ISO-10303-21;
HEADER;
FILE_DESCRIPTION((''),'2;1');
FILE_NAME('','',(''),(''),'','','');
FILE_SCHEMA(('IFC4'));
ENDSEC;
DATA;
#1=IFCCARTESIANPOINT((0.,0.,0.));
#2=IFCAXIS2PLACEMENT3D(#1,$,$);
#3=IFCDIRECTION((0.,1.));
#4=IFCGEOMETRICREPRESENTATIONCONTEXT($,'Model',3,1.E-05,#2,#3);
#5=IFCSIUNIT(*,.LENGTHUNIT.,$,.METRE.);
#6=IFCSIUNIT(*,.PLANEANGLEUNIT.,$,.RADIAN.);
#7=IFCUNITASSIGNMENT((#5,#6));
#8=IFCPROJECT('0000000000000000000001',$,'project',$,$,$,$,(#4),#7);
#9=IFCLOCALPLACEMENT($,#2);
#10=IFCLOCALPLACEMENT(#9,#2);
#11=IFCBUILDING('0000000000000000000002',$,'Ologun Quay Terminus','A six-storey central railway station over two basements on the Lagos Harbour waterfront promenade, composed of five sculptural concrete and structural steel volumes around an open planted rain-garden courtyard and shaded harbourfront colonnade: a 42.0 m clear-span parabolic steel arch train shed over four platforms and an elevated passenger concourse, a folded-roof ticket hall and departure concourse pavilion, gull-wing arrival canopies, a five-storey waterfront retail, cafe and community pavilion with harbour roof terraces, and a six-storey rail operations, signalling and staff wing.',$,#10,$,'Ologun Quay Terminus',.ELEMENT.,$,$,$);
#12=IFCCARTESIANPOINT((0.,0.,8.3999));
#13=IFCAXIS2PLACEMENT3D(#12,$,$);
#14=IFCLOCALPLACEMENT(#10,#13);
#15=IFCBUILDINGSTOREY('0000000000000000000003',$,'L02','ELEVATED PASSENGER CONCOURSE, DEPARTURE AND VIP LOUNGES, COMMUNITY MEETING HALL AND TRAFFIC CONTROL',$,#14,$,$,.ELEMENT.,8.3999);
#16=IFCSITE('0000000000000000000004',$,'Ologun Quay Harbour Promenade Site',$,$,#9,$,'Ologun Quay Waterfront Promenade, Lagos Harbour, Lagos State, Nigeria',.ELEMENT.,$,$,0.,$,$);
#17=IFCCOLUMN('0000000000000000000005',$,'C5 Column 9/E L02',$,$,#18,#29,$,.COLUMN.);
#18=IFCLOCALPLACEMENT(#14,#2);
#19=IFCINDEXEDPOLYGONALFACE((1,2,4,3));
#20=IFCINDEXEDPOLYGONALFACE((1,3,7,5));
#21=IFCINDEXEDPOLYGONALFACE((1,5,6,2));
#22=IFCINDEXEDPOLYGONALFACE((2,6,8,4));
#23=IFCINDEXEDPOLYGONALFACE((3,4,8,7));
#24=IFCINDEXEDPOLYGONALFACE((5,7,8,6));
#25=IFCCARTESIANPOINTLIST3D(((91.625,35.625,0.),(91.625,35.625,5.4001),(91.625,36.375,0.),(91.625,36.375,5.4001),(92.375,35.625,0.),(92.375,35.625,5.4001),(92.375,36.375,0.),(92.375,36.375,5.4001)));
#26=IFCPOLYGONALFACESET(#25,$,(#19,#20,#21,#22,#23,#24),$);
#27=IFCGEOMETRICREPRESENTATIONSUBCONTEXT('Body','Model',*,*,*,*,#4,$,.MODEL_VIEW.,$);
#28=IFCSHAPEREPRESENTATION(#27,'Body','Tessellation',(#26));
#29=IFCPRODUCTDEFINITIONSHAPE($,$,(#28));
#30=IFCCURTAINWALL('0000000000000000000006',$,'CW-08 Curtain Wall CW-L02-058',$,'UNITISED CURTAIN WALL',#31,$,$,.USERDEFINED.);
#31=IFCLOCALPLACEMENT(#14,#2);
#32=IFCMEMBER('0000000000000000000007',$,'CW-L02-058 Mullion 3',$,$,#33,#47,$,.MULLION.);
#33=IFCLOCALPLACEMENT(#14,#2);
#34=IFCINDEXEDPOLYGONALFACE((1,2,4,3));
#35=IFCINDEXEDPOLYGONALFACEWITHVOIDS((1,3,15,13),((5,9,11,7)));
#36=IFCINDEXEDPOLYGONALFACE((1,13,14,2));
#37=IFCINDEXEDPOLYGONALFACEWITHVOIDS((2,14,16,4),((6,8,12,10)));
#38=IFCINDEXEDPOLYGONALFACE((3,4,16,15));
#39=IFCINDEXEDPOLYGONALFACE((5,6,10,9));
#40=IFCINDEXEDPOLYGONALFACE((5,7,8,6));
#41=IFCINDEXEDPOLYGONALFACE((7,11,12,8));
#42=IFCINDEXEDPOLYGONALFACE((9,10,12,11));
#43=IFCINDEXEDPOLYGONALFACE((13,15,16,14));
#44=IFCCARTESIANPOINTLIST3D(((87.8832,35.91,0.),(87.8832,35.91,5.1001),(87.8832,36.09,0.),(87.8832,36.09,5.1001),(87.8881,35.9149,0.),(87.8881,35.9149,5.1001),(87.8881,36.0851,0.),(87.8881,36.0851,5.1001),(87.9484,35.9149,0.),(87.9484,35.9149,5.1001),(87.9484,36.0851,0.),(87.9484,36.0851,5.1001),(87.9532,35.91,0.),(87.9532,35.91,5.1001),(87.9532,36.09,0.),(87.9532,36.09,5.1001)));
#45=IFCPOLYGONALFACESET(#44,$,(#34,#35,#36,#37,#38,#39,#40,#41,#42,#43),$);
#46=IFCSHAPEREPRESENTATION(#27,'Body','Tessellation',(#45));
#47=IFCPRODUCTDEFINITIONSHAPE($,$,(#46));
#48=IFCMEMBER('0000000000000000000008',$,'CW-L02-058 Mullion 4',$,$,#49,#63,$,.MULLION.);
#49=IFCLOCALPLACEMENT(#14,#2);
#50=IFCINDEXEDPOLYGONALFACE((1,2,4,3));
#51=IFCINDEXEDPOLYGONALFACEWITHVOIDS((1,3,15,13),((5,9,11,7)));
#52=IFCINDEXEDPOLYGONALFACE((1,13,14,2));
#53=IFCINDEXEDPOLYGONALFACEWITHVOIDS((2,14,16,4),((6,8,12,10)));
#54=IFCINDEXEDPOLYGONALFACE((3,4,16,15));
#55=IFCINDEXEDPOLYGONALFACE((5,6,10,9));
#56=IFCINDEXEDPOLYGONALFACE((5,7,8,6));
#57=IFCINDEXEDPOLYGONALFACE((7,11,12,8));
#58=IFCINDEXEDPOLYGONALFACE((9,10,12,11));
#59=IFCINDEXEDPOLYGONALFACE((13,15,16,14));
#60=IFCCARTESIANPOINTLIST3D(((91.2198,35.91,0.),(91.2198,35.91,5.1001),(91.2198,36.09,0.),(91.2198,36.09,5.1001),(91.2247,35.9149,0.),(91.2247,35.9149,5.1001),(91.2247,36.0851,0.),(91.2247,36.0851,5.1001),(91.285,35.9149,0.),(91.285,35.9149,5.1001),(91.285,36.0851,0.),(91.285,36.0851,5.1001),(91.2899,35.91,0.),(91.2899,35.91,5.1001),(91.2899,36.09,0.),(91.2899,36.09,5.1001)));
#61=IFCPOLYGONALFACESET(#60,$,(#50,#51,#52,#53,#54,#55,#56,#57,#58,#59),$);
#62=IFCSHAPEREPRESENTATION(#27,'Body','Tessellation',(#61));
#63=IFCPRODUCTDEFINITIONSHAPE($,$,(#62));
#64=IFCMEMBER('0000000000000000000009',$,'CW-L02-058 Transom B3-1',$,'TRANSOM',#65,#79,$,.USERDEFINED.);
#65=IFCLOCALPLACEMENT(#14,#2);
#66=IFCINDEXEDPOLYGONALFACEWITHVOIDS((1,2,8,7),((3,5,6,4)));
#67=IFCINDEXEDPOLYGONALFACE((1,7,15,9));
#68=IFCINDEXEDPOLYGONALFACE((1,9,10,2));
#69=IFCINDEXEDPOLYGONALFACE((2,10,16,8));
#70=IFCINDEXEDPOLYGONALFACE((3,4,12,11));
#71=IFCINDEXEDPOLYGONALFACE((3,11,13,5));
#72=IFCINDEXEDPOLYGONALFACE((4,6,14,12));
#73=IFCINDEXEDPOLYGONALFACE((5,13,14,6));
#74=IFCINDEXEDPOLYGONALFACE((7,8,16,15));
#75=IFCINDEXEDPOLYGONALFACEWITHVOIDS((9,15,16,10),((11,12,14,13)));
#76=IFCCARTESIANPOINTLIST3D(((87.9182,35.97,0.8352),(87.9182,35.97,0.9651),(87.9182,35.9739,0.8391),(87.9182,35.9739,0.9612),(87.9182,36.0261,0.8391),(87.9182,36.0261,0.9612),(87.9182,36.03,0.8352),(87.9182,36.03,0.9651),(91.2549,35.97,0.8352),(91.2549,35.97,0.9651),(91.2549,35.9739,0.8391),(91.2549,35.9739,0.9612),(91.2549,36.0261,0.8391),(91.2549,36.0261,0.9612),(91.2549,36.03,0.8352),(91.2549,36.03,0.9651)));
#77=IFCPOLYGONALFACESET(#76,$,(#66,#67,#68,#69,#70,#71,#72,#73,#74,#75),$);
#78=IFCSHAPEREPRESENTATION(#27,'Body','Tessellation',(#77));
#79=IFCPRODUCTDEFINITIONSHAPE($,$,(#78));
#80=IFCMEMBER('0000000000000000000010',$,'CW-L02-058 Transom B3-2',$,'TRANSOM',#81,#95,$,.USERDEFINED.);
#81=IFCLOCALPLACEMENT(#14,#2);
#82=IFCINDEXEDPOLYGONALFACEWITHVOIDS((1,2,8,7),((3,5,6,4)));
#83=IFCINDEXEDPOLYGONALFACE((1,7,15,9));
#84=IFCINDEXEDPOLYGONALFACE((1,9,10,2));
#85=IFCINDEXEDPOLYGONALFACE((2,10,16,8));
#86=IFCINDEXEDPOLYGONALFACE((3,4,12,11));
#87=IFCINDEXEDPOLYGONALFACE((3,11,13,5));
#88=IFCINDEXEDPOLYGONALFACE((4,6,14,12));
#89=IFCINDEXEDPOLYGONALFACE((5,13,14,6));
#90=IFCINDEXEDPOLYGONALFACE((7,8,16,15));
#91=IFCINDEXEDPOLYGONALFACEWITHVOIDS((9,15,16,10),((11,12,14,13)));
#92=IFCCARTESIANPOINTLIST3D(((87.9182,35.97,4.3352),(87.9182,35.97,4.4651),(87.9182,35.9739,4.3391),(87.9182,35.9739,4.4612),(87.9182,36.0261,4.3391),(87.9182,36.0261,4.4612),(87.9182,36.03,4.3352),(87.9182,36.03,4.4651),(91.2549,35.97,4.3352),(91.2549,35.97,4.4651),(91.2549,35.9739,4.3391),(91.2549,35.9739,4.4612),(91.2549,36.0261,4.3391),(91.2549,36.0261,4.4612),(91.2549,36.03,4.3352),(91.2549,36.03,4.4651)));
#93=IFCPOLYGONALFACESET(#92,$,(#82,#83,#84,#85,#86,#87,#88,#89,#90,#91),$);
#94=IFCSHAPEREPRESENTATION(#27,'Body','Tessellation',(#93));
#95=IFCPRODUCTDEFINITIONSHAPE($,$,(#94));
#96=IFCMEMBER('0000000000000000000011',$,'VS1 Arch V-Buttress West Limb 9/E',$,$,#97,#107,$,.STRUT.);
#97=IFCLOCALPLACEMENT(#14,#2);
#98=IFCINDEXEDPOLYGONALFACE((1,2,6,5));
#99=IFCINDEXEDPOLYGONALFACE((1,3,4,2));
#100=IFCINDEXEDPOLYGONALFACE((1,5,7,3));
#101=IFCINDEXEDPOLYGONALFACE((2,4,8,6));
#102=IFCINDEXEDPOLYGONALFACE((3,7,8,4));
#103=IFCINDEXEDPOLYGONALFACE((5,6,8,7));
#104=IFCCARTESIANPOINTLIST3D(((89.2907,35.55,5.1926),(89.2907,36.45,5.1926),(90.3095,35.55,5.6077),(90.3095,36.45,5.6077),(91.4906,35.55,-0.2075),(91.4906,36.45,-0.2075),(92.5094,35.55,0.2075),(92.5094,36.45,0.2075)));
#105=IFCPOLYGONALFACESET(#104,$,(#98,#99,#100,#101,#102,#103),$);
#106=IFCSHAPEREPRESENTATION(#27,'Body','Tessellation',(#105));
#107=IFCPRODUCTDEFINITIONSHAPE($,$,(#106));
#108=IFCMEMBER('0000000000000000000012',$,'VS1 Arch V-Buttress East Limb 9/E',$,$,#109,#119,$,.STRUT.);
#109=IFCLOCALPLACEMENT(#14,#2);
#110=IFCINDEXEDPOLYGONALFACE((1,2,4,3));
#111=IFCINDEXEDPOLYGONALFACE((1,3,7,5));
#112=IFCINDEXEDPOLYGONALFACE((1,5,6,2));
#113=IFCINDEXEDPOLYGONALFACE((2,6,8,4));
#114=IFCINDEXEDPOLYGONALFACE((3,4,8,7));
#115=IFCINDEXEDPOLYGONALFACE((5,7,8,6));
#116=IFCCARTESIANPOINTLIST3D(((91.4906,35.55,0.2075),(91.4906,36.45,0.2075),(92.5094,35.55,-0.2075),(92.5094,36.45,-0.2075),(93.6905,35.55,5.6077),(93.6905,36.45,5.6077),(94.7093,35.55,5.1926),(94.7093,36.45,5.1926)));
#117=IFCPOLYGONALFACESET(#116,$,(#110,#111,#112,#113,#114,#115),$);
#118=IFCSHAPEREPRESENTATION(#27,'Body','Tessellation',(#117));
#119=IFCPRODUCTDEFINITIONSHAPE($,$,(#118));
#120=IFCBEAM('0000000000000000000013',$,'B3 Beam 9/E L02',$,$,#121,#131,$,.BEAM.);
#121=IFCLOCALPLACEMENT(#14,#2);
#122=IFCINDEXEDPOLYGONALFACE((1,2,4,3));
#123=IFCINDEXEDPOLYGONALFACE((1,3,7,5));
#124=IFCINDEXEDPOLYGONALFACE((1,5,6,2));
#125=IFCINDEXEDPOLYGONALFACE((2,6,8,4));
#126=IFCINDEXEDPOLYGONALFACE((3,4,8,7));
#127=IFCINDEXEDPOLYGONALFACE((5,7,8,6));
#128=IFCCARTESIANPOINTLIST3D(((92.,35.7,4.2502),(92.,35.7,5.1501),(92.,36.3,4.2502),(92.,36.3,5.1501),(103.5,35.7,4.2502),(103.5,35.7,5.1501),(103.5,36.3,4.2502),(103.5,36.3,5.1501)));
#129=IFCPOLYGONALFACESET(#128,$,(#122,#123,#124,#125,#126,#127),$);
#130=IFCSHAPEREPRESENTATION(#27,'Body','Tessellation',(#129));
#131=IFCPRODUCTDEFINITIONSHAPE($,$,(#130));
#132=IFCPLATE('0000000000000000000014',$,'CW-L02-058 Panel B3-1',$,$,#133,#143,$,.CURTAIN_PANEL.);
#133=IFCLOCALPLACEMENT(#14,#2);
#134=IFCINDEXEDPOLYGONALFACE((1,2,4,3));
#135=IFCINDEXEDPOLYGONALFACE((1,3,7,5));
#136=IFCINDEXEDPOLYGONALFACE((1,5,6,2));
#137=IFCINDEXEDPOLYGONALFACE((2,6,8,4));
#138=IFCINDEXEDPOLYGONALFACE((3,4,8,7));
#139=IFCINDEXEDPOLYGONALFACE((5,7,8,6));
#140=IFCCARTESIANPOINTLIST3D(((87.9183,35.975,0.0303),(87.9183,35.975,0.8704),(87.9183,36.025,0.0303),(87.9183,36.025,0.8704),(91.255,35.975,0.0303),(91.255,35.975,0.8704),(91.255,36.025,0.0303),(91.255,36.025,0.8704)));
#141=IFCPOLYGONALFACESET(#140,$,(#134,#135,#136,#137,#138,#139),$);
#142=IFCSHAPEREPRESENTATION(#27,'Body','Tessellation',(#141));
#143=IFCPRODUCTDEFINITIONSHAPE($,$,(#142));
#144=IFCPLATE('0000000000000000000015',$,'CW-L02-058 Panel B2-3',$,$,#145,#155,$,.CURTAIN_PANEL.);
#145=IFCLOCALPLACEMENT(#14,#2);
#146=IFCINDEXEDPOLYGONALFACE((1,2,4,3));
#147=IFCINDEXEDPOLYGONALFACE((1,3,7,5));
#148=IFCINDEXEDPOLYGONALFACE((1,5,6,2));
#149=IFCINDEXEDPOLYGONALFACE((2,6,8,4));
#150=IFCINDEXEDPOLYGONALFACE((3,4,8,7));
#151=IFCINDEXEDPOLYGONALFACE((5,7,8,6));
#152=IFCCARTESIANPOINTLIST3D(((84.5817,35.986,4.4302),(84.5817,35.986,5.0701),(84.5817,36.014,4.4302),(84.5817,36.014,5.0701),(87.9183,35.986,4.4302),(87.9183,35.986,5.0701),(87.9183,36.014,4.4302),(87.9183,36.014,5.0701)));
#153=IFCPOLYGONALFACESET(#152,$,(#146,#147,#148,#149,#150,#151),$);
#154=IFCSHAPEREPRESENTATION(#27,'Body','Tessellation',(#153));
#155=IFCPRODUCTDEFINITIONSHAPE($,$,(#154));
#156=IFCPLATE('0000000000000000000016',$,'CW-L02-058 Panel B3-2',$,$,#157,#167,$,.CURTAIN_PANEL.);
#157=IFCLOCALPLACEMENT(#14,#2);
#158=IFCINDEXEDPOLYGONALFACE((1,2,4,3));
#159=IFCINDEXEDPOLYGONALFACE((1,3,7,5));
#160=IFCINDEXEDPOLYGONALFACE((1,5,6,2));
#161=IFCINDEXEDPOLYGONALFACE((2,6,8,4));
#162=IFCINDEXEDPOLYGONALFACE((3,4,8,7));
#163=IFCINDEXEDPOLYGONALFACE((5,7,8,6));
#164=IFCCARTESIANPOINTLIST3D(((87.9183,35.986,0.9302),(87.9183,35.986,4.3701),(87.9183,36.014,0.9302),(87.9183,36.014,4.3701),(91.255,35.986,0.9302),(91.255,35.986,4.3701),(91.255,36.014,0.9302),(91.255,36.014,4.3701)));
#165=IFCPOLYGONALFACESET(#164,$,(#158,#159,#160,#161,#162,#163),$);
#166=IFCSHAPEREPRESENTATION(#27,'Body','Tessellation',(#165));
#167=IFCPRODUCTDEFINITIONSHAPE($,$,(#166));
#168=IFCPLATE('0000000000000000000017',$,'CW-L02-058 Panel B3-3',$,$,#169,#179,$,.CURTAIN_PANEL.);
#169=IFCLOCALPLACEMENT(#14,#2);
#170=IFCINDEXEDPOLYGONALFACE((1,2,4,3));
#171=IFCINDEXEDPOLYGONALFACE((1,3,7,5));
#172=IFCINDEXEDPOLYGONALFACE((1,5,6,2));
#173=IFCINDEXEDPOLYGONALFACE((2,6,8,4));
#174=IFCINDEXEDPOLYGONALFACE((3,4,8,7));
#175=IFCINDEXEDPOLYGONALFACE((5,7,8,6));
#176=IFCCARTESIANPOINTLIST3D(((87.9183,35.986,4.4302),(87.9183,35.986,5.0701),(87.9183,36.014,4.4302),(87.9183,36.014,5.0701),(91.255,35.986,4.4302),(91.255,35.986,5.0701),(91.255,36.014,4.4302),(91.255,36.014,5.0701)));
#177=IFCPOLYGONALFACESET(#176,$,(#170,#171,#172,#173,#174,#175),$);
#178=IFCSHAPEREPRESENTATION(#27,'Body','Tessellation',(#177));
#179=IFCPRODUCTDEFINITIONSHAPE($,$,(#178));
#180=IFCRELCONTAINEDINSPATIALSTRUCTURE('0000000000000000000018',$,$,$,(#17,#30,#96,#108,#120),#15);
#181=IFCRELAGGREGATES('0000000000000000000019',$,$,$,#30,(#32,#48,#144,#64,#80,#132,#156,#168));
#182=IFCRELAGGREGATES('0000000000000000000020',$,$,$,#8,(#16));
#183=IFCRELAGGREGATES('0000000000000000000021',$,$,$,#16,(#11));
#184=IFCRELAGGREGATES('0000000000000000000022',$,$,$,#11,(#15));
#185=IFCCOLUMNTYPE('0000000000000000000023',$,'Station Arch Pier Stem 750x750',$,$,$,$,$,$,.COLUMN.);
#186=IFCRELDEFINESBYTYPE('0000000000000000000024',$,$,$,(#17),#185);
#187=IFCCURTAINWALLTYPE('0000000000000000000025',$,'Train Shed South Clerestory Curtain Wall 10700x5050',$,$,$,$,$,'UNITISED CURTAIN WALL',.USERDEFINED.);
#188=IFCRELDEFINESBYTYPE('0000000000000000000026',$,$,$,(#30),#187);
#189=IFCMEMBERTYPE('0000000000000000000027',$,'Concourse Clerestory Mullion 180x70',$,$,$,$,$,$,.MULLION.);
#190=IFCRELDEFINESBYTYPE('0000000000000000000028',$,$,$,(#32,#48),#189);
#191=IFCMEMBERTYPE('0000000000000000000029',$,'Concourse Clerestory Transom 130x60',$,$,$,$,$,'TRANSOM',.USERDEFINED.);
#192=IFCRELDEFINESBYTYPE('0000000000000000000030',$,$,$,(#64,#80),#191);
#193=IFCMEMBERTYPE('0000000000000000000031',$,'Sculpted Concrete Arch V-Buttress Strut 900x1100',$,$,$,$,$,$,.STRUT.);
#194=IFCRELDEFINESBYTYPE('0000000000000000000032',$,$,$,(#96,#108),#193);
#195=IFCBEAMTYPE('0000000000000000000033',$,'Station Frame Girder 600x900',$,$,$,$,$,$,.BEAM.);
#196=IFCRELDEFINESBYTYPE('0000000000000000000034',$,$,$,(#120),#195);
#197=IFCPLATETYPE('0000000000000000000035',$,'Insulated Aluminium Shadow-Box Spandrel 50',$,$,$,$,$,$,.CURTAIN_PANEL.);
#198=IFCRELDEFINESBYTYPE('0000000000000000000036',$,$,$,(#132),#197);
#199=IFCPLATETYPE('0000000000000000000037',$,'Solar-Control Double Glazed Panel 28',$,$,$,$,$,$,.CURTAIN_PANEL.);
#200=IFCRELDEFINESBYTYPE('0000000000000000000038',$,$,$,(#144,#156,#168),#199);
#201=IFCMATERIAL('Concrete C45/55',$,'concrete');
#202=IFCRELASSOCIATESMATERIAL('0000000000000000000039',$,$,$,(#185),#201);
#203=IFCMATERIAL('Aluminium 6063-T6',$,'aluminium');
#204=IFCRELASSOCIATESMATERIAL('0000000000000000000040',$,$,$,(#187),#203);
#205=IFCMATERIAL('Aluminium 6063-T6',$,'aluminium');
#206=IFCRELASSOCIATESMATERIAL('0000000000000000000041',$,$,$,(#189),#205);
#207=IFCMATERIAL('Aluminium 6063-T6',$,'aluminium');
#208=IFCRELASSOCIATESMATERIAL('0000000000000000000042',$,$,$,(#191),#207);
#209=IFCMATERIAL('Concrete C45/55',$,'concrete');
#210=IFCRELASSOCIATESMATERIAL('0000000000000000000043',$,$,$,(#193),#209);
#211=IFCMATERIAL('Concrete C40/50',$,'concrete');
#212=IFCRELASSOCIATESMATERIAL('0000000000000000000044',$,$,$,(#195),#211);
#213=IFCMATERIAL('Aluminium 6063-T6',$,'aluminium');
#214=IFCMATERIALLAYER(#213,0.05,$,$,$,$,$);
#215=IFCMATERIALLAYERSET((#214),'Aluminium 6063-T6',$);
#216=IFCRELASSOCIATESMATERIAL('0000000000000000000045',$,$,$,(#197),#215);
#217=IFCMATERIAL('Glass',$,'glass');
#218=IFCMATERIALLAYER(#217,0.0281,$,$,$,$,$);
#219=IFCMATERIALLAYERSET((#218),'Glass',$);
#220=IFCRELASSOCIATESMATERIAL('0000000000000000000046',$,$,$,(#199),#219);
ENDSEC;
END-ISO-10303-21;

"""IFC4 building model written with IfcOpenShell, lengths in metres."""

from ifc_helpers import new_model, si_unit, direction, frame, origin, origin_2d, place, context, subcontext, project, spatial, rectangle, hollow_rectangle, extrude, material, layer, layer_set, material_profile, profile_set, type_object, element, aggregate, save


model = new_model("IFC4")

# Units and contexts
model_context = context("Model", 3, precision=1e-05, world=origin(), true_north=direction((0.0, 1.0)))
body_context = subcontext(model_context, "Body", "Model", "MODEL_VIEW")
ifc_project = project(units=[si_unit("LENGTHUNIT", "METRE"), si_unit("PLANEANGLEUNIT", "RADIAN")], contexts=[model_context])

# Site, building, storey
site_placement = place(None, origin())
site = spatial("IfcSite", under=ifc_project, at=site_placement, Name="Ologun Quay Harbour Promenade Site", LongName="Ologun Quay Waterfront Promenade, Lagos Harbour, Lagos State, Nigeria", CompositionType="ELEMENT", RefElevation=0.0)
building_placement = place(site_placement, origin())
building = spatial("IfcBuilding", under=site, at=building_placement, Name="Ologun Quay Terminus", Description="A six-storey central railway station over two basements on the Lagos Harbour waterfront promenade, composed of five sculptural concrete and structural steel volumes around an open planted rain-garden courtyard and shaded harbourfront colonnade: a 42.0 m clear-span parabolic steel arch train shed over four platforms and an elevated passenger concourse, a folded-roof ticket hall and departure concourse pavilion, gull-wing arrival canopies, a five-storey waterfront retail, cafe and community pavilion with harbour roof terraces, and a six-storey rail operations, signalling and staff wing.", LongName="Ologun Quay Terminus", CompositionType="ELEMENT")
storey_placement = place(building_placement, frame((0.0, 0.0, 8.3999)))
storey = spatial("IfcBuildingStorey", under=building, at=storey_placement, Name="L02", Description="ELEVATED PASSENGER CONCOURSE, DEPARTURE AND VIP LOUNGES, COMMUNITY MEETING HALL AND TRAFFIC CONTROL", CompositionType="ELEMENT", Elevation=8.3999)

# Column
ifc_material_1 = material(Name="Concrete C45/55", Category="concrete")
ifc_material_profile_1 = material_profile(ifc_material_1, rectangle(XDim=0.75, YDim=0.75, at=origin_2d()), Name="RC 750x750")
ifc_profile_set_1 = profile_set([ifc_material_profile_1], Name="Concrete C45/55")
column_type = type_object("IfcColumnType", Name="Station Arch Pier Stem 750x750", PredefinedType="COLUMN", material=ifc_profile_set_1)
column_placement = place(storey_placement, frame((92.0, 36.0, 0.0), z_axis=(0.0, 0.0, 1.0), x_axis=(1.0, 0.0, 0.0)))
element("IfcColumn", 1, at=column_placement, inside=storey, type_object=column_type, Name="C5 Column 9/E L02", PredefinedType="COLUMN", context=body_context, shape_type="SweptSolid", body=[
    extrude(rectangle(XDim=0.75, YDim=0.75, at=origin_2d()), origin(), (0.0, 0.0, 1.0), 5.4001),
])

# Curtain wall, members
ifc_material_2 = material(Name="Aluminium 6063-T6", Category="aluminium")
curtain_wall_type = type_object("IfcCurtainWallType", Name="Train Shed South Clerestory Curtain Wall 10700x5050", ElementType="UNITISED CURTAIN WALL", PredefinedType="USERDEFINED", material=ifc_material_2)
curtain_wall_placement = place(storey_placement, origin())
curtain_wall = element("IfcCurtainWall", 2, at=curtain_wall_placement, inside=storey, type_object=curtain_wall_type, Name="CW-08 Curtain Wall CW-L02-058", ObjectType="UNITISED CURTAIN WALL", PredefinedType="USERDEFINED")
ifc_material_3 = material(Name="Aluminium 6063-T6", Category="aluminium")
ifc_material_profile_2 = material_profile(ifc_material_3, hollow_rectangle(XDim=0.0701, YDim=0.1799, WallThickness=0.0049, at=origin_2d()), Name="ALU 180x70x5")
ifc_profile_set_2 = profile_set([ifc_material_profile_2], Name="Aluminium 6063-T6")
member_type_1 = type_object("IfcMemberType", Name="Concourse Clerestory Mullion 180x70", PredefinedType="MULLION", material=ifc_profile_set_2)
member_1_placement = place(storey_placement, frame((87.9182, 36.0, 0.0), z_axis=(0.0, 0.0, 1.0), x_axis=(1.0, 0.0, 0.0)))
member_1 = element("IfcMember", 3, at=member_1_placement, type_object=member_type_1, Name="CW-L02-058 Mullion 3", PredefinedType="MULLION", context=body_context, shape_type="SweptSolid", body=[
    extrude(hollow_rectangle(XDim=0.0701, YDim=0.1799, WallThickness=0.0049, at=origin_2d()), origin(), (0.0, 0.0, 1.0), 5.1001),
])
member_2_placement = place(storey_placement, frame((91.2549, 36.0, 0.0), z_axis=(0.0, 0.0, 1.0), x_axis=(1.0, 0.0, 0.0)))
member_2 = element("IfcMember", 4, at=member_2_placement, type_object=member_type_1, Name="CW-L02-058 Mullion 4", PredefinedType="MULLION", context=body_context, shape_type="SweptSolid", body=[
    extrude(hollow_rectangle(XDim=0.0701, YDim=0.1799, WallThickness=0.0049, at=origin_2d()), origin(), (0.0, 0.0, 1.0), 5.1001),
])
ifc_material_4 = material(Name="Aluminium 6063-T6", Category="aluminium")
ifc_material_profile_3 = material_profile(ifc_material_4, hollow_rectangle(XDim=0.0601, YDim=0.1299, WallThickness=0.0039, at=origin_2d()), Name="ALU 130x60x4")
ifc_profile_set_3 = profile_set([ifc_material_profile_3], Name="Aluminium 6063-T6")
member_type_2 = type_object("IfcMemberType", Name="Concourse Clerestory Transom 130x60", ElementType="TRANSOM", PredefinedType="USERDEFINED", material=ifc_profile_set_3)
member_3_placement = place(storey_placement, frame((87.9182, 36.0, 0.9001), z_axis=(1.0, 0.0, 0.0), x_axis=(0.0, 1.0, 0.0)))
member_3 = element("IfcMember", 5, at=member_3_placement, type_object=member_type_2, Name="CW-L02-058 Transom B3-1", ObjectType="TRANSOM", PredefinedType="USERDEFINED", context=body_context, shape_type="SweptSolid", body=[
    extrude(hollow_rectangle(XDim=0.0601, YDim=0.1299, WallThickness=0.0039, at=origin_2d()), origin(), (0.0, 0.0, 1.0), 3.3367),
])
member_4_placement = place(storey_placement, frame((87.9182, 36.0, 4.4001), z_axis=(1.0, 0.0, 0.0), x_axis=(0.0, 1.0, 0.0)))
member_4 = element("IfcMember", 6, at=member_4_placement, type_object=member_type_2, Name="CW-L02-058 Transom B3-2", ObjectType="TRANSOM", PredefinedType="USERDEFINED", context=body_context, shape_type="SweptSolid", body=[
    extrude(hollow_rectangle(XDim=0.0601, YDim=0.1299, WallThickness=0.0039, at=origin_2d()), origin(), (0.0, 0.0, 1.0), 3.3367),
])

# Members
ifc_material_5 = material(Name="Concrete C45/55", Category="concrete")
ifc_material_profile_4 = material_profile(ifc_material_5, rectangle(XDim=0.8999, YDim=1.1001, at=origin_2d()), Name="RC 900x1100")
ifc_profile_set_4 = profile_set([ifc_material_profile_4], Name="Concrete C45/55")
member_type_3 = type_object("IfcMemberType", Name="Sculpted Concrete Arch V-Buttress Strut 900x1100", PredefinedType="STRUT", material=ifc_profile_set_4)
for number, where, z_axis, x_axis, name in (
    (7, (92.0, 36.0, 0.0), (-0.377281, 0.0, 0.926099), (0.0, -1.0, 0.0), "VS1 Arch V-Buttress West Limb 9/E"),
    (8, (92.0, 36.0, 0.0), (0.377281, 0.0, 0.926099), (0.0, 1.0, 0.0), "VS1 Arch V-Buttress East Limb 9/E"),
):
    element("IfcMember", number, at=place(storey_placement, frame(where, z_axis=z_axis, x_axis=x_axis)), inside=storey, type_object=member_type_3, Name=name, PredefinedType="STRUT", context=body_context, shape_type="SweptSolid", body=[
        extrude(rectangle(XDim=0.8999, YDim=1.1001, at=origin_2d()), origin(), (0.0, 0.0, 1.0), 5.8311),
    ])

# Beam
ifc_material_6 = material(Name="Concrete C40/50", Category="concrete")
ifc_material_profile_5 = material_profile(ifc_material_6, rectangle(XDim=0.6001, YDim=0.8999, at=origin_2d()), Name="RC 600x900")
ifc_profile_set_5 = profile_set([ifc_material_profile_5], Name="Concrete C40/50")
beam_type = type_object("IfcBeamType", Name="Station Frame Girder 600x900", PredefinedType="BEAM", material=ifc_profile_set_5)
beam_placement = place(storey_placement, frame((92.0, 36.0, 4.7002), z_axis=(1.0, 0.0, 0.0), x_axis=(0.0, 1.0, 0.0)))
element("IfcBeam", 9, at=beam_placement, inside=storey, type_object=beam_type, Name="B3 Beam 9/E L02", PredefinedType="BEAM", context=body_context, shape_type="SweptSolid", body=[
    extrude(rectangle(XDim=0.6001, YDim=0.8999, at=origin_2d()), origin(), (0.0, 0.0, 1.0), 11.5),
])

# Plates
ifc_material_7 = material(Name="Aluminium 6063-T6", Category="aluminium")
ifc_layer_1 = layer(ifc_material_7, 0.05)
ifc_layer_set_1 = layer_set([ifc_layer_1], Name="Aluminium 6063-T6")
plate_type_1 = type_object("IfcPlateType", Name="Insulated Aluminium Shadow-Box Spandrel 50", PredefinedType="CURTAIN_PANEL", material=ifc_layer_set_1)
plate_1_placement = place(storey_placement, frame((89.5867, 36.0, 0.0303), z_axis=(0.0, 0.0, 1.0), x_axis=(1.0, 0.0, 0.0)))
plate_1 = element("IfcPlate", 10, at=plate_1_placement, type_object=plate_type_1, Name="CW-L02-058 Panel B3-1", PredefinedType="CURTAIN_PANEL", context=body_context, shape_type="SweptSolid", body=[
    extrude(rectangle(XDim=3.3367, YDim=0.05, at=origin_2d()), origin(), (0.0, 0.0, 1.0), 0.8401),
])
ifc_material_8 = material(Name="Glass", Category="glass")
ifc_layer_2 = layer(ifc_material_8, 0.0281)
ifc_layer_set_2 = layer_set([ifc_layer_2], Name="Glass")
plate_type_2 = type_object("IfcPlateType", Name="Solar-Control Double Glazed Panel 28", PredefinedType="CURTAIN_PANEL", material=ifc_layer_set_2)
plate_2_placement = place(storey_placement, frame((86.25, 36.0, 4.4302), z_axis=(0.0, 0.0, 1.0), x_axis=(1.0, 0.0, 0.0)))
plate_2 = element("IfcPlate", 11, at=plate_2_placement, type_object=plate_type_2, Name="CW-L02-058 Panel B2-3", PredefinedType="CURTAIN_PANEL", context=body_context, shape_type="SweptSolid", body=[
    extrude(rectangle(XDim=3.3367, YDim=0.0281, at=origin_2d()), origin(), (0.0, 0.0, 1.0), 0.6399),
])
plate_3_placement = place(storey_placement, frame((89.5867, 36.0, 0.9302), z_axis=(0.0, 0.0, 1.0), x_axis=(1.0, 0.0, 0.0)))
plate_3 = element("IfcPlate", 12, at=plate_3_placement, type_object=plate_type_2, Name="CW-L02-058 Panel B3-2", PredefinedType="CURTAIN_PANEL", context=body_context, shape_type="SweptSolid", body=[
    extrude(rectangle(XDim=3.3367, YDim=0.0281, at=origin_2d()), origin(), (0.0, 0.0, 1.0), 3.4399),
])
plate_4_placement = place(storey_placement, frame((89.5867, 36.0, 4.4302), z_axis=(0.0, 0.0, 1.0), x_axis=(1.0, 0.0, 0.0)))
plate_4 = element("IfcPlate", 13, at=plate_4_placement, type_object=plate_type_2, Name="CW-L02-058 Panel B3-3", PredefinedType="CURTAIN_PANEL", context=body_context, shape_type="SweptSolid", body=[
    extrude(rectangle(XDim=3.3367, YDim=0.0281, at=origin_2d()), origin(), (0.0, 0.0, 1.0), 0.6399),
])
aggregate(curtain_wall, [member_1, member_2, plate_2, member_3, member_4, plate_1, plate_3, plate_4])

save(model, "model.ifc")
